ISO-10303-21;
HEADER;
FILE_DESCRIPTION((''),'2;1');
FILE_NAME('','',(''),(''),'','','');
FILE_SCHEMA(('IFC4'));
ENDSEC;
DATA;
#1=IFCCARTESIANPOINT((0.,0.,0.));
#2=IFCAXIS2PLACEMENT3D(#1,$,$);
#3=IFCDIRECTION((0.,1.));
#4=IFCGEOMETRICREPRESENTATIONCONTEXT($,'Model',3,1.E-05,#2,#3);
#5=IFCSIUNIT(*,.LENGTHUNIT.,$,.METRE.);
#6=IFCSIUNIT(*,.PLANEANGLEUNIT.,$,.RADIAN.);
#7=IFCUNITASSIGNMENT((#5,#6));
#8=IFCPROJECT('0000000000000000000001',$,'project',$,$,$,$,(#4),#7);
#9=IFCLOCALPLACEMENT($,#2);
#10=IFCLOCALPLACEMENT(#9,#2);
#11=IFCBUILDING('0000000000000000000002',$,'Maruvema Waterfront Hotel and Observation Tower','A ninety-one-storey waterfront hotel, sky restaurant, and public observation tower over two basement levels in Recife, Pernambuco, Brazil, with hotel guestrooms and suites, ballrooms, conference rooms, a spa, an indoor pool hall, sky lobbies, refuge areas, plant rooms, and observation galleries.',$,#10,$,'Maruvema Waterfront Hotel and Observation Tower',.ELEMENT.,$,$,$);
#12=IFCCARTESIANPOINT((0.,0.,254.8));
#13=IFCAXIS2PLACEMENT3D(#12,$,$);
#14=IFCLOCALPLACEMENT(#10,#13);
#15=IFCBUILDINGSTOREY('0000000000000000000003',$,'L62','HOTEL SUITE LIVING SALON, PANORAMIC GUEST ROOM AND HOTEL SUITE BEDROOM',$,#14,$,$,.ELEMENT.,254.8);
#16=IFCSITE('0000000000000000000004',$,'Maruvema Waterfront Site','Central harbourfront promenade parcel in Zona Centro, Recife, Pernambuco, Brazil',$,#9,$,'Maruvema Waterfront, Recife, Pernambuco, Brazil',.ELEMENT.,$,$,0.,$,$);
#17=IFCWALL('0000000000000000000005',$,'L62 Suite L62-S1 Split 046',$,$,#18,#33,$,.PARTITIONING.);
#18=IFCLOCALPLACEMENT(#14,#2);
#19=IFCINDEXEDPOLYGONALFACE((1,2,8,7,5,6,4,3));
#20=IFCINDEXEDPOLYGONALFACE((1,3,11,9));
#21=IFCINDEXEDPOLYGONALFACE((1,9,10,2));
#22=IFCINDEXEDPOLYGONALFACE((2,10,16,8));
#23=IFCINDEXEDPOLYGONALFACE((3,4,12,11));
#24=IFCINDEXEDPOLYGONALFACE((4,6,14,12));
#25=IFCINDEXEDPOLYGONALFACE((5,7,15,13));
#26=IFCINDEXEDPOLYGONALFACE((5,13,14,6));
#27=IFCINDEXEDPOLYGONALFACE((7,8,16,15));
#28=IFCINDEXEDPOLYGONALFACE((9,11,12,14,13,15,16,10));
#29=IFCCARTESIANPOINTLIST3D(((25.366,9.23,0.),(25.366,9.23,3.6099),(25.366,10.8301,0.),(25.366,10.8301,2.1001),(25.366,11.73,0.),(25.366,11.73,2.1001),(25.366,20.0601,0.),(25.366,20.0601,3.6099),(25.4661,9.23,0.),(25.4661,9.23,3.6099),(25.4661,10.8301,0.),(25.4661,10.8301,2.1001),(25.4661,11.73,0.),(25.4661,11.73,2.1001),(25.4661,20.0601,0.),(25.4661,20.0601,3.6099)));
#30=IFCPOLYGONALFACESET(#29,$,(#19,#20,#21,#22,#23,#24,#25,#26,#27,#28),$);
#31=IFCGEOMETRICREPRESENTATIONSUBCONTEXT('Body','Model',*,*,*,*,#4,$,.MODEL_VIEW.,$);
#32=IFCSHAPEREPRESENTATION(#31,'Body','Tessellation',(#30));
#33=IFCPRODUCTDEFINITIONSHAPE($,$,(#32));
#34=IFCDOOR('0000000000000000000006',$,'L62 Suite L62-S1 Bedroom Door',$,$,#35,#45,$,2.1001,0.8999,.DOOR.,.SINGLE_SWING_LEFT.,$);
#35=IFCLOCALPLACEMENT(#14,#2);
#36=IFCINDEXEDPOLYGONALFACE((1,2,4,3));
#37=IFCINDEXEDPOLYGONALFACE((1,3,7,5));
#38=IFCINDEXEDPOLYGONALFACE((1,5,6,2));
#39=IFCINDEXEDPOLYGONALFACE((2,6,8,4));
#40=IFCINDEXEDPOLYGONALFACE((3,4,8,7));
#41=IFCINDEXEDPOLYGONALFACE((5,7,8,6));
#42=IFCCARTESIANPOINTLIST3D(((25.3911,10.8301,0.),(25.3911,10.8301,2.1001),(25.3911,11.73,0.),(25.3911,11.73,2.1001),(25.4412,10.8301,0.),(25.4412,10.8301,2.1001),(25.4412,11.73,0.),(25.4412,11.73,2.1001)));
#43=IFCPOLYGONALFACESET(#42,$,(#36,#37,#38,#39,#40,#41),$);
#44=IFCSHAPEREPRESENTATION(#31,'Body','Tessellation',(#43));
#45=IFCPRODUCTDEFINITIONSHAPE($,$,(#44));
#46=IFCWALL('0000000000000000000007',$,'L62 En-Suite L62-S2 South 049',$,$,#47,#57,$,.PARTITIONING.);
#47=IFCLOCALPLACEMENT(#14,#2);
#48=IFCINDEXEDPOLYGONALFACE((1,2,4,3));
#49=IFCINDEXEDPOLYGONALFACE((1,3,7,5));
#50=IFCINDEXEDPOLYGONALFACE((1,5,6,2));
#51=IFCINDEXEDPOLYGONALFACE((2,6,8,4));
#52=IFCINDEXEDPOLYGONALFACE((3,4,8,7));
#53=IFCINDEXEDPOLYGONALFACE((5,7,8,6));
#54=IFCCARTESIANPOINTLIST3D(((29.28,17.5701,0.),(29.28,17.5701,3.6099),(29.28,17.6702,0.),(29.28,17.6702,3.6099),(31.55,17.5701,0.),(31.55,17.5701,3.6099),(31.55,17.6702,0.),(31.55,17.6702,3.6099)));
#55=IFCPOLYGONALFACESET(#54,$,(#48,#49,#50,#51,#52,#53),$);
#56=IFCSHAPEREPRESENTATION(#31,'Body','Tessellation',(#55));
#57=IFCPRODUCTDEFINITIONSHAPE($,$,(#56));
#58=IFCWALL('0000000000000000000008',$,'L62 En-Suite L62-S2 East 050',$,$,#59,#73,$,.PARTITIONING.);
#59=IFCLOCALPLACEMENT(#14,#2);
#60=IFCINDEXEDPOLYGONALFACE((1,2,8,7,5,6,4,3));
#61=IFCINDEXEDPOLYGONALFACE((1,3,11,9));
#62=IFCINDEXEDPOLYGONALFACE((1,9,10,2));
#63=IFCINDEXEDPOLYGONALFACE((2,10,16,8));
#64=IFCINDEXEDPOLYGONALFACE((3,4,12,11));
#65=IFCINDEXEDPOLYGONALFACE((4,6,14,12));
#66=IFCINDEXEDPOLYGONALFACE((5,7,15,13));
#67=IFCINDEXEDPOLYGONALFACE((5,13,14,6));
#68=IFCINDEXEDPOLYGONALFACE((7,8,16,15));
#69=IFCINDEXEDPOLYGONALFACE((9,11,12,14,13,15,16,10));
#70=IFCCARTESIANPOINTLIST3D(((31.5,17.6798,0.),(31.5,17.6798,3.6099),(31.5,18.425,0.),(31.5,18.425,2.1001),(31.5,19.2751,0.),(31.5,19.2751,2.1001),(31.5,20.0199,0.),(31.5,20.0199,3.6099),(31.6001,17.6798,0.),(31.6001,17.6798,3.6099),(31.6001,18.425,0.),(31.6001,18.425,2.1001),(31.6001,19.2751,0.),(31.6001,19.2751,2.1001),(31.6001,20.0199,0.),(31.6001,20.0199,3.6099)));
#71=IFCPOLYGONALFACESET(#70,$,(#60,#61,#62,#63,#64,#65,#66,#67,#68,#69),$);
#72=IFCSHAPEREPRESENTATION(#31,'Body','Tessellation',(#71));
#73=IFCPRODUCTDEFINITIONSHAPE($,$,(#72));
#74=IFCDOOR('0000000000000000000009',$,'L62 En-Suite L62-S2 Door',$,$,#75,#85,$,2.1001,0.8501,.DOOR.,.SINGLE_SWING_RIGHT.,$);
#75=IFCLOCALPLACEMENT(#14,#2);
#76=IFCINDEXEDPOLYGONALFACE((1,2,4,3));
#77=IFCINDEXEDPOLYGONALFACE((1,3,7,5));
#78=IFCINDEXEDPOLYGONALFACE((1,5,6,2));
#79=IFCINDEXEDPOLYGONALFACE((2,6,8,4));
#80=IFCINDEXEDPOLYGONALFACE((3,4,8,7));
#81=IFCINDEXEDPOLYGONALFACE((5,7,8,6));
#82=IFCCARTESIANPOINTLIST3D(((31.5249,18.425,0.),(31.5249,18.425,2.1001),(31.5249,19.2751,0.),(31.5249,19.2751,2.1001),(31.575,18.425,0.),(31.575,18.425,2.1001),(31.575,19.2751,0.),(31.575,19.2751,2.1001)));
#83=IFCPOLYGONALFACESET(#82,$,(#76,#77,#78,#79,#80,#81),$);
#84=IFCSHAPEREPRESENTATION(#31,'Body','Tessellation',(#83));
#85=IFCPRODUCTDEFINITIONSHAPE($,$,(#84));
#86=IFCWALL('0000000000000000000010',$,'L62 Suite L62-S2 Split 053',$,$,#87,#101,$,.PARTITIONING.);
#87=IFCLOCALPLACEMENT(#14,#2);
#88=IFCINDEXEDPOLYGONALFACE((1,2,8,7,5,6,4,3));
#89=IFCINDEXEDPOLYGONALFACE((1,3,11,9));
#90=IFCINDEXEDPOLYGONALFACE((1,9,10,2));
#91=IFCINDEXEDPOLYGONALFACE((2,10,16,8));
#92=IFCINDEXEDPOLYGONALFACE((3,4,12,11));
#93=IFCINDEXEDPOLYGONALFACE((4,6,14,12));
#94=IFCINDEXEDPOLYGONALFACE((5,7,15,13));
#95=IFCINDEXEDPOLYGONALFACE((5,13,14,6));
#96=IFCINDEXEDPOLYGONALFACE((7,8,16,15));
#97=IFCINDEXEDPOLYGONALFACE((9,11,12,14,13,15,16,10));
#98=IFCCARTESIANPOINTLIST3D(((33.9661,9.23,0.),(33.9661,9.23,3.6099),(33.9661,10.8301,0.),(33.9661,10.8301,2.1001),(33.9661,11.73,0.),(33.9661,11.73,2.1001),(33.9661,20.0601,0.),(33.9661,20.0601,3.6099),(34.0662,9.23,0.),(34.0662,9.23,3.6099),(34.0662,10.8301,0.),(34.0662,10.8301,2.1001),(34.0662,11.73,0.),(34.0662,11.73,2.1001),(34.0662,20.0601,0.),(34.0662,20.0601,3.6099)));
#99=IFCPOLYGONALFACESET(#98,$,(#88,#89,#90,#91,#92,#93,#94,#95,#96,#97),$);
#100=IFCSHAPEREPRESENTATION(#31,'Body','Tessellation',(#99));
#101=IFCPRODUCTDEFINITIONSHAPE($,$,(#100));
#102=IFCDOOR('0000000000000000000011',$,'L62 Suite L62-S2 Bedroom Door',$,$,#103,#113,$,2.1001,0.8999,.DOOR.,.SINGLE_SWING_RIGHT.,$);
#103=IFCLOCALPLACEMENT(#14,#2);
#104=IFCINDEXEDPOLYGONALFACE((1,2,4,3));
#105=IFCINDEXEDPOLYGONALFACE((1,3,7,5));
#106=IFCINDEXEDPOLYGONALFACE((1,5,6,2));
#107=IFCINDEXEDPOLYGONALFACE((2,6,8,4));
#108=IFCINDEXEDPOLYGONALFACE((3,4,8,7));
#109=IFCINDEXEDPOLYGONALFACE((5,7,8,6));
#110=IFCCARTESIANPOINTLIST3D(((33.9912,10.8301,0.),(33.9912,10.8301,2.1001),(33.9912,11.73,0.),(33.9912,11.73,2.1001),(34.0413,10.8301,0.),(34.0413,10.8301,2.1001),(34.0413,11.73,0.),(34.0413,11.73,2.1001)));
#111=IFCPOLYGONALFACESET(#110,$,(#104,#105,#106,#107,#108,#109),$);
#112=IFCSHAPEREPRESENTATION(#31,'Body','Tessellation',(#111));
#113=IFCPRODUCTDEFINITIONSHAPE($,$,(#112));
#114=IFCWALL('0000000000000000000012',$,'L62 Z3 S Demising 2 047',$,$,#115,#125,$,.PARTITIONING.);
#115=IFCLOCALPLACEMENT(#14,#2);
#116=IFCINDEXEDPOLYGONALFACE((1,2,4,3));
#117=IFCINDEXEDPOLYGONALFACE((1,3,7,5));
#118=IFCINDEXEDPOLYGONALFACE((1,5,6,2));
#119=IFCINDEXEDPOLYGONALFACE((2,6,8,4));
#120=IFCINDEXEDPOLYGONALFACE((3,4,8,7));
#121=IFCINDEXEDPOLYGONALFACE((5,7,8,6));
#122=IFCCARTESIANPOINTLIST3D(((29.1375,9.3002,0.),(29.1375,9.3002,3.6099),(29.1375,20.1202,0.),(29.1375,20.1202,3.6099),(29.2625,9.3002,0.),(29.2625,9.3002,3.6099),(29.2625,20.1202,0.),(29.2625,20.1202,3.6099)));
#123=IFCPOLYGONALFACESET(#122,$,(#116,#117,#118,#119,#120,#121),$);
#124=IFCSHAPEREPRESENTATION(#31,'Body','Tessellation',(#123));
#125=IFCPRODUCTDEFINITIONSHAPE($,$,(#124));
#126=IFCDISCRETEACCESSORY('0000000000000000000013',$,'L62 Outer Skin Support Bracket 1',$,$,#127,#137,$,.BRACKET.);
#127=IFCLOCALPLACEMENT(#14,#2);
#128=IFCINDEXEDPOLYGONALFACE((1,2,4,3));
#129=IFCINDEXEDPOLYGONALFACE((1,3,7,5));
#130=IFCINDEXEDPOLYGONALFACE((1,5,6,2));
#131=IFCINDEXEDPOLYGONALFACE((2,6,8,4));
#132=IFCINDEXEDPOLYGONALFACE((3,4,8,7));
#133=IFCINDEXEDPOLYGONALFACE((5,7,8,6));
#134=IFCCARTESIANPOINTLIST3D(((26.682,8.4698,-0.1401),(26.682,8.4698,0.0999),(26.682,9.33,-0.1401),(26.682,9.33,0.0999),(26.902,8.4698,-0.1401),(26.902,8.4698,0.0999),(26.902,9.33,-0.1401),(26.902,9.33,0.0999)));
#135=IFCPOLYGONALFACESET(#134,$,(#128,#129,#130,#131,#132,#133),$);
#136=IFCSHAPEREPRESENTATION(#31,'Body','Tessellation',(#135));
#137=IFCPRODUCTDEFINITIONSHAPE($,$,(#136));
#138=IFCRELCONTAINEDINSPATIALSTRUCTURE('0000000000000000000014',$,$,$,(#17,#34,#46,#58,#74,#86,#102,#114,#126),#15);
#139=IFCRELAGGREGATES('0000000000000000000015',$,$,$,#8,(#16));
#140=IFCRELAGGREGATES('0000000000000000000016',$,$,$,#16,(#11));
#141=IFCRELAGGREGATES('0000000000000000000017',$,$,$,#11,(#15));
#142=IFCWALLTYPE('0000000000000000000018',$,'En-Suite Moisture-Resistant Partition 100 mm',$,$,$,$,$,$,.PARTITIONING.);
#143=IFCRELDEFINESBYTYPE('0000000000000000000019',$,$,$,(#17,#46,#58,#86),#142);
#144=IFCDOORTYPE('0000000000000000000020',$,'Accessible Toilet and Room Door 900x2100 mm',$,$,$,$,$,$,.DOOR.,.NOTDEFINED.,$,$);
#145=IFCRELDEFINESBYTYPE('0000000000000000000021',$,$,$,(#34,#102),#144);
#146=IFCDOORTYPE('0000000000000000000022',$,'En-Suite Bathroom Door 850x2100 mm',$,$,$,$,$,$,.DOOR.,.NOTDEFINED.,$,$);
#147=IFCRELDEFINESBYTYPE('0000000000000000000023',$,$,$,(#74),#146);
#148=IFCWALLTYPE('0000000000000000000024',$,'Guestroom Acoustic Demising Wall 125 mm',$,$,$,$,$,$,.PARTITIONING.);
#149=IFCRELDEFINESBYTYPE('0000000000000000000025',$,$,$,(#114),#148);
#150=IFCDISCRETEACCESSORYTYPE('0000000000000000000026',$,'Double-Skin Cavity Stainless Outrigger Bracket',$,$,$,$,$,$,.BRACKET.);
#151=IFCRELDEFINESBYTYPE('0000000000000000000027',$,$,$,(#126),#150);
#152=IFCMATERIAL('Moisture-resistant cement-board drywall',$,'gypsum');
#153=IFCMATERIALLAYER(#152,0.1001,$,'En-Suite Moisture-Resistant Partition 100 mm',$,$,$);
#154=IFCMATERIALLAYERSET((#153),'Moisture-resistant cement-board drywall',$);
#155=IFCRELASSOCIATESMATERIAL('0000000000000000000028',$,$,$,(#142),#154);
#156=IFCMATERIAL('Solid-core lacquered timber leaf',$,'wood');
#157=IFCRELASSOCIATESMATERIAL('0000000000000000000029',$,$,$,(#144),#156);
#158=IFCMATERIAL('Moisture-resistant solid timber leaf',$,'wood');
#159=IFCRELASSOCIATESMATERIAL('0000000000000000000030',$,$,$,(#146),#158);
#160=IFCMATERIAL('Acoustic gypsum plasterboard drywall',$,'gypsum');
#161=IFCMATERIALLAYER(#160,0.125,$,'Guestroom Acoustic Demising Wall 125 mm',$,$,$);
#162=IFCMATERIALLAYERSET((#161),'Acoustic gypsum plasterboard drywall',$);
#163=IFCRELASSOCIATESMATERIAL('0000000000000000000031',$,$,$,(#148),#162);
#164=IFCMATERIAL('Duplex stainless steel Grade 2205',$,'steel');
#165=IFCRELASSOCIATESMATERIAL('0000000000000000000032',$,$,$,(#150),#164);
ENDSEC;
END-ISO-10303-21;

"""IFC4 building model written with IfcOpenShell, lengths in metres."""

from ifc_helpers import new_model, si_unit, direction, frame, frame_2d, origin, origin_2d, place, context, subcontext, project, spatial, rectangle, extrude, material, layer, layer_set, type_object, element, fill, save


model = new_model("IFC4")

# Units and contexts
model_context = context("Model", 3, precision=1e-05, world=origin(), true_north=direction((0.0, 1.0)))
body_context = subcontext(model_context, "Body", "Model", "MODEL_VIEW")
ifc_project = project(units=[si_unit("LENGTHUNIT", "METRE"), si_unit("PLANEANGLEUNIT", "RADIAN")], contexts=[model_context])

# Site, building, storey
site_placement = place(None, origin())
site = spatial("IfcSite", under=ifc_project, at=site_placement, Name="Maruvema Waterfront Site", Description="Central harbourfront promenade parcel in Zona Centro, Recife, Pernambuco, Brazil", LongName="Maruvema Waterfront, Recife, Pernambuco, Brazil", CompositionType="ELEMENT", RefElevation=0.0)
building_placement = place(site_placement, origin())
building = spatial("IfcBuilding", under=site, at=building_placement, Name="Maruvema Waterfront Hotel and Observation Tower", Description="A ninety-one-storey waterfront hotel, sky restaurant, and public observation tower over two basement levels in Recife, Pernambuco, Brazil, with hotel guestrooms and suites, ballrooms, conference rooms, a spa, an indoor pool hall, sky lobbies, refuge areas, plant rooms, and observation galleries.", LongName="Maruvema Waterfront Hotel and Observation Tower", CompositionType="ELEMENT")
storey_placement = place(building_placement, frame((0.0, 0.0, 254.8)))
storey = spatial("IfcBuildingStorey", under=building, at=storey_placement, Name="L62", Description="HOTEL SUITE LIVING SALON, PANORAMIC GUEST ROOM AND HOTEL SUITE BEDROOM", CompositionType="ELEMENT", Elevation=254.8)

# Wall, opening, door
ifc_material_1 = material(Name="Moisture-resistant cement-board drywall", Category="gypsum")
ifc_layer_1 = layer(ifc_material_1, 0.1001, Name="En-Suite Moisture-Resistant Partition 100 mm")
ifc_layer_set_1 = layer_set([ifc_layer_1], Name="Moisture-resistant cement-board drywall")
wall_type_1 = type_object("IfcWallType", Name="En-Suite Moisture-Resistant Partition 100 mm", PredefinedType="PARTITIONING", material=ifc_layer_set_1)
wall_1_placement = place(storey_placement, frame((25.416, 9.23, 0.0), z_axis=(0.0, 0.0, 1.0), x_axis=(0.0, 1.0, 0.0)))
wall_1 = element("IfcWall", 1, at=wall_1_placement, inside=storey, type_object=wall_type_1, Name="L62 Suite L62-S1 Split 046", PredefinedType="PARTITIONING", context=body_context, shape_type="SweptSolid", body=[
    extrude(rectangle(XDim=10.8301, YDim=0.1001, at=frame_2d((5.415, 0.0))), origin(), (0.0, 0.0, 1.0), 3.6099),
])
opening_1_placement = place(wall_1_placement, frame((1.6001, 0.0, 0.0)))
opening_1 = element("IfcOpeningElement", 2, at=opening_1_placement, cuts=wall_1, PredefinedType="OPENING", context=body_context, shape_type="SweptSolid", body=[
    extrude(rectangle(XDim=0.8999, YDim=2.1001, at=frame_2d((0.45, 1.05))), frame((0.0, 0.0601, 0.0), z_axis=(0.0, -1.0, 0.0), x_axis=(1.0, 0.0, 0.0)), (0.0, 0.0, 1.0), 0.1201),
])
ifc_material_2 = material(Name="Solid-core lacquered timber leaf", Category="wood")
door_type_1 = type_object("IfcDoorType", Name="Accessible Toilet and Room Door 900x2100 mm", OperationType="NOTDEFINED", PredefinedType="DOOR", material=ifc_material_2)
door_1_placement = place(opening_1_placement, origin())
door_1 = element("IfcDoor", 3, at=door_1_placement, inside=storey, type_object=door_type_1, Name="L62 Suite L62-S1 Bedroom Door", OperationType="SINGLE_SWING_LEFT", OverallHeight=2.1001, OverallWidth=0.8999, PredefinedType="DOOR", context=body_context, shape_type="SweptSolid", body=[
    extrude(rectangle(XDim=0.8999, YDim=2.1001, at=frame_2d((0.45, 1.05))), frame((0.0, 0.0249, 0.0), z_axis=(0.0, -1.0, 0.0), x_axis=(1.0, 0.0, 0.0)), (0.0, 0.0, 1.0), 0.05),
])
fill(opening_1, door_1)

# Wall
wall_2_placement = place(storey_placement, frame((29.28, 17.6201, 0.0), z_axis=(0.0, 0.0, 1.0), x_axis=(1.0, 0.0, 0.0)))
element("IfcWall", 4, at=wall_2_placement, inside=storey, type_object=wall_type_1, Name="L62 En-Suite L62-S2 South 049", PredefinedType="PARTITIONING", context=body_context, shape_type="SweptSolid", body=[
    extrude(rectangle(XDim=2.27, YDim=0.1001, at=frame_2d((1.135, 0.0))), origin(), (0.0, 0.0, 1.0), 3.6099),
])

# Walls, openings, doors
wall_3_placement = place(storey_placement, frame((31.55, 17.6799, 0.0), z_axis=(0.0, 0.0, 1.0), x_axis=(0.0, 1.0, 0.0)))
wall_3 = element("IfcWall", 5, at=wall_3_placement, inside=storey, type_object=wall_type_1, Name="L62 En-Suite L62-S2 East 050", PredefinedType="PARTITIONING", context=body_context, shape_type="SweptSolid", body=[
    extrude(rectangle(XDim=2.3401, YDim=0.1001, at=frame_2d((1.1699, 0.0))), origin(), (0.0, 0.0, 1.0), 3.6099),
])
opening_2_placement = place(wall_3_placement, frame((0.7451, 0.0, 0.0)))
opening_2 = element("IfcOpeningElement", 6, at=opening_2_placement, cuts=wall_3, PredefinedType="OPENING", context=body_context, shape_type="SweptSolid", body=[
    extrude(rectangle(XDim=0.8501, YDim=2.1001, at=frame_2d((0.425, 1.05))), frame((0.0, 0.0601, 0.0), z_axis=(0.0, -1.0, 0.0), x_axis=(1.0, 0.0, 0.0)), (0.0, 0.0, 1.0), 0.1201),
])
ifc_material_3 = material(Name="Moisture-resistant solid timber leaf", Category="wood")
door_type_2 = type_object("IfcDoorType", Name="En-Suite Bathroom Door 850x2100 mm", OperationType="NOTDEFINED", PredefinedType="DOOR", material=ifc_material_3)
door_2_placement = place(opening_2_placement, frame((0.8501, 0.0, 0.0), z_axis=(0.0, 0.0, 1.0), x_axis=(-1.0, 0.0, 0.0)))
door_2 = element("IfcDoor", 7, at=door_2_placement, inside=storey, type_object=door_type_2, Name="L62 En-Suite L62-S2 Door", OperationType="SINGLE_SWING_RIGHT", OverallHeight=2.1001, OverallWidth=0.8501, PredefinedType="DOOR", context=body_context, shape_type="SweptSolid", body=[
    extrude(rectangle(XDim=0.8501, YDim=2.1001, at=frame_2d((0.425, 1.05))), frame((0.0, 0.0249, 0.0), z_axis=(0.0, -1.0, 0.0), x_axis=(1.0, 0.0, 0.0)), (0.0, 0.0, 1.0), 0.05),
])
fill(opening_2, door_2)
wall_4_placement = place(storey_placement, frame((34.0161, 9.23, 0.0), z_axis=(0.0, 0.0, 1.0), x_axis=(0.0, 1.0, 0.0)))
wall_4 = element("IfcWall", 8, at=wall_4_placement, inside=storey, type_object=wall_type_1, Name="L62 Suite L62-S2 Split 053", PredefinedType="PARTITIONING", context=body_context, shape_type="SweptSolid", body=[
    extrude(rectangle(XDim=10.8301, YDim=0.1001, at=frame_2d((5.415, 0.0))), origin(), (0.0, 0.0, 1.0), 3.6099),
])
opening_3_placement = place(wall_4_placement, frame((1.6001, 0.0, 0.0)))
opening_3 = element("IfcOpeningElement", 9, at=opening_3_placement, cuts=wall_4, PredefinedType="OPENING", context=body_context, shape_type="SweptSolid", body=[
    extrude(rectangle(XDim=0.8999, YDim=2.1001, at=frame_2d((0.45, 1.05))), frame((0.0, 0.0601, 0.0), z_axis=(0.0, -1.0, 0.0), x_axis=(1.0, 0.0, 0.0)), (0.0, 0.0, 1.0), 0.1201),
])
door_3_placement = place(opening_3_placement, origin())
door_3 = element("IfcDoor", 10, at=door_3_placement, inside=storey, type_object=door_type_1, Name="L62 Suite L62-S2 Bedroom Door", OperationType="SINGLE_SWING_RIGHT", OverallHeight=2.1001, OverallWidth=0.8999, PredefinedType="DOOR", context=body_context, shape_type="SweptSolid", body=[
    extrude(rectangle(XDim=0.8999, YDim=2.1001, at=frame_2d((0.45, 1.05))), frame((0.0, 0.0249, 0.0), z_axis=(0.0, -1.0, 0.0), x_axis=(1.0, 0.0, 0.0)), (0.0, 0.0, 1.0), 0.05),
])
fill(opening_3, door_3)

# Wall
ifc_material_4 = material(Name="Acoustic gypsum plasterboard drywall", Category="gypsum")
ifc_layer_2 = layer(ifc_material_4, 0.125, Name="Guestroom Acoustic Demising Wall 125 mm")
ifc_layer_set_2 = layer_set([ifc_layer_2], Name="Acoustic gypsum plasterboard drywall")
wall_type_2 = type_object("IfcWallType", Name="Guestroom Acoustic Demising Wall 125 mm", PredefinedType="PARTITIONING", material=ifc_layer_set_2)
wall_5_placement = place(storey_placement, frame((29.2, 9.3, 0.0), z_axis=(0.0, 0.0, 1.0), x_axis=(0.0, 1.0, 0.0)))
element("IfcWall", 11, at=wall_5_placement, inside=storey, type_object=wall_type_2, Name="L62 Z3 S Demising 2 047", PredefinedType="PARTITIONING", context=body_context, shape_type="SweptSolid", body=[
    extrude(rectangle(XDim=10.8201, YDim=0.125, at=frame_2d((5.4102, 0.0))), origin(), (0.0, 0.0, 1.0), 3.6099),
])

# Discrete accessory
ifc_material_5 = material(Name="Duplex stainless steel Grade 2205", Category="steel")
discrete_accessory_type = type_object("IfcDiscreteAccessoryType", Name="Double-Skin Cavity Stainless Outrigger Bracket", PredefinedType="BRACKET", material=ifc_material_5)
discrete_accessory_placement = place(storey_placement, frame((26.792, 8.8999, -0.1401), z_axis=(0.0, 0.0, 1.0), x_axis=(1.0, 0.0, 0.0)))
element("IfcDiscreteAccessory", 12, at=discrete_accessory_placement, inside=storey, type_object=discrete_accessory_type, Name="L62 Outer Skin Support Bracket 1", PredefinedType="BRACKET", context=body_context, shape_type="SweptSolid", body=[
    extrude(rectangle(XDim=0.22, YDim=0.8601, at=origin_2d()), origin(), (0.0, 0.0, 1.0), 0.24),
])

save(model, "model.ifc")
